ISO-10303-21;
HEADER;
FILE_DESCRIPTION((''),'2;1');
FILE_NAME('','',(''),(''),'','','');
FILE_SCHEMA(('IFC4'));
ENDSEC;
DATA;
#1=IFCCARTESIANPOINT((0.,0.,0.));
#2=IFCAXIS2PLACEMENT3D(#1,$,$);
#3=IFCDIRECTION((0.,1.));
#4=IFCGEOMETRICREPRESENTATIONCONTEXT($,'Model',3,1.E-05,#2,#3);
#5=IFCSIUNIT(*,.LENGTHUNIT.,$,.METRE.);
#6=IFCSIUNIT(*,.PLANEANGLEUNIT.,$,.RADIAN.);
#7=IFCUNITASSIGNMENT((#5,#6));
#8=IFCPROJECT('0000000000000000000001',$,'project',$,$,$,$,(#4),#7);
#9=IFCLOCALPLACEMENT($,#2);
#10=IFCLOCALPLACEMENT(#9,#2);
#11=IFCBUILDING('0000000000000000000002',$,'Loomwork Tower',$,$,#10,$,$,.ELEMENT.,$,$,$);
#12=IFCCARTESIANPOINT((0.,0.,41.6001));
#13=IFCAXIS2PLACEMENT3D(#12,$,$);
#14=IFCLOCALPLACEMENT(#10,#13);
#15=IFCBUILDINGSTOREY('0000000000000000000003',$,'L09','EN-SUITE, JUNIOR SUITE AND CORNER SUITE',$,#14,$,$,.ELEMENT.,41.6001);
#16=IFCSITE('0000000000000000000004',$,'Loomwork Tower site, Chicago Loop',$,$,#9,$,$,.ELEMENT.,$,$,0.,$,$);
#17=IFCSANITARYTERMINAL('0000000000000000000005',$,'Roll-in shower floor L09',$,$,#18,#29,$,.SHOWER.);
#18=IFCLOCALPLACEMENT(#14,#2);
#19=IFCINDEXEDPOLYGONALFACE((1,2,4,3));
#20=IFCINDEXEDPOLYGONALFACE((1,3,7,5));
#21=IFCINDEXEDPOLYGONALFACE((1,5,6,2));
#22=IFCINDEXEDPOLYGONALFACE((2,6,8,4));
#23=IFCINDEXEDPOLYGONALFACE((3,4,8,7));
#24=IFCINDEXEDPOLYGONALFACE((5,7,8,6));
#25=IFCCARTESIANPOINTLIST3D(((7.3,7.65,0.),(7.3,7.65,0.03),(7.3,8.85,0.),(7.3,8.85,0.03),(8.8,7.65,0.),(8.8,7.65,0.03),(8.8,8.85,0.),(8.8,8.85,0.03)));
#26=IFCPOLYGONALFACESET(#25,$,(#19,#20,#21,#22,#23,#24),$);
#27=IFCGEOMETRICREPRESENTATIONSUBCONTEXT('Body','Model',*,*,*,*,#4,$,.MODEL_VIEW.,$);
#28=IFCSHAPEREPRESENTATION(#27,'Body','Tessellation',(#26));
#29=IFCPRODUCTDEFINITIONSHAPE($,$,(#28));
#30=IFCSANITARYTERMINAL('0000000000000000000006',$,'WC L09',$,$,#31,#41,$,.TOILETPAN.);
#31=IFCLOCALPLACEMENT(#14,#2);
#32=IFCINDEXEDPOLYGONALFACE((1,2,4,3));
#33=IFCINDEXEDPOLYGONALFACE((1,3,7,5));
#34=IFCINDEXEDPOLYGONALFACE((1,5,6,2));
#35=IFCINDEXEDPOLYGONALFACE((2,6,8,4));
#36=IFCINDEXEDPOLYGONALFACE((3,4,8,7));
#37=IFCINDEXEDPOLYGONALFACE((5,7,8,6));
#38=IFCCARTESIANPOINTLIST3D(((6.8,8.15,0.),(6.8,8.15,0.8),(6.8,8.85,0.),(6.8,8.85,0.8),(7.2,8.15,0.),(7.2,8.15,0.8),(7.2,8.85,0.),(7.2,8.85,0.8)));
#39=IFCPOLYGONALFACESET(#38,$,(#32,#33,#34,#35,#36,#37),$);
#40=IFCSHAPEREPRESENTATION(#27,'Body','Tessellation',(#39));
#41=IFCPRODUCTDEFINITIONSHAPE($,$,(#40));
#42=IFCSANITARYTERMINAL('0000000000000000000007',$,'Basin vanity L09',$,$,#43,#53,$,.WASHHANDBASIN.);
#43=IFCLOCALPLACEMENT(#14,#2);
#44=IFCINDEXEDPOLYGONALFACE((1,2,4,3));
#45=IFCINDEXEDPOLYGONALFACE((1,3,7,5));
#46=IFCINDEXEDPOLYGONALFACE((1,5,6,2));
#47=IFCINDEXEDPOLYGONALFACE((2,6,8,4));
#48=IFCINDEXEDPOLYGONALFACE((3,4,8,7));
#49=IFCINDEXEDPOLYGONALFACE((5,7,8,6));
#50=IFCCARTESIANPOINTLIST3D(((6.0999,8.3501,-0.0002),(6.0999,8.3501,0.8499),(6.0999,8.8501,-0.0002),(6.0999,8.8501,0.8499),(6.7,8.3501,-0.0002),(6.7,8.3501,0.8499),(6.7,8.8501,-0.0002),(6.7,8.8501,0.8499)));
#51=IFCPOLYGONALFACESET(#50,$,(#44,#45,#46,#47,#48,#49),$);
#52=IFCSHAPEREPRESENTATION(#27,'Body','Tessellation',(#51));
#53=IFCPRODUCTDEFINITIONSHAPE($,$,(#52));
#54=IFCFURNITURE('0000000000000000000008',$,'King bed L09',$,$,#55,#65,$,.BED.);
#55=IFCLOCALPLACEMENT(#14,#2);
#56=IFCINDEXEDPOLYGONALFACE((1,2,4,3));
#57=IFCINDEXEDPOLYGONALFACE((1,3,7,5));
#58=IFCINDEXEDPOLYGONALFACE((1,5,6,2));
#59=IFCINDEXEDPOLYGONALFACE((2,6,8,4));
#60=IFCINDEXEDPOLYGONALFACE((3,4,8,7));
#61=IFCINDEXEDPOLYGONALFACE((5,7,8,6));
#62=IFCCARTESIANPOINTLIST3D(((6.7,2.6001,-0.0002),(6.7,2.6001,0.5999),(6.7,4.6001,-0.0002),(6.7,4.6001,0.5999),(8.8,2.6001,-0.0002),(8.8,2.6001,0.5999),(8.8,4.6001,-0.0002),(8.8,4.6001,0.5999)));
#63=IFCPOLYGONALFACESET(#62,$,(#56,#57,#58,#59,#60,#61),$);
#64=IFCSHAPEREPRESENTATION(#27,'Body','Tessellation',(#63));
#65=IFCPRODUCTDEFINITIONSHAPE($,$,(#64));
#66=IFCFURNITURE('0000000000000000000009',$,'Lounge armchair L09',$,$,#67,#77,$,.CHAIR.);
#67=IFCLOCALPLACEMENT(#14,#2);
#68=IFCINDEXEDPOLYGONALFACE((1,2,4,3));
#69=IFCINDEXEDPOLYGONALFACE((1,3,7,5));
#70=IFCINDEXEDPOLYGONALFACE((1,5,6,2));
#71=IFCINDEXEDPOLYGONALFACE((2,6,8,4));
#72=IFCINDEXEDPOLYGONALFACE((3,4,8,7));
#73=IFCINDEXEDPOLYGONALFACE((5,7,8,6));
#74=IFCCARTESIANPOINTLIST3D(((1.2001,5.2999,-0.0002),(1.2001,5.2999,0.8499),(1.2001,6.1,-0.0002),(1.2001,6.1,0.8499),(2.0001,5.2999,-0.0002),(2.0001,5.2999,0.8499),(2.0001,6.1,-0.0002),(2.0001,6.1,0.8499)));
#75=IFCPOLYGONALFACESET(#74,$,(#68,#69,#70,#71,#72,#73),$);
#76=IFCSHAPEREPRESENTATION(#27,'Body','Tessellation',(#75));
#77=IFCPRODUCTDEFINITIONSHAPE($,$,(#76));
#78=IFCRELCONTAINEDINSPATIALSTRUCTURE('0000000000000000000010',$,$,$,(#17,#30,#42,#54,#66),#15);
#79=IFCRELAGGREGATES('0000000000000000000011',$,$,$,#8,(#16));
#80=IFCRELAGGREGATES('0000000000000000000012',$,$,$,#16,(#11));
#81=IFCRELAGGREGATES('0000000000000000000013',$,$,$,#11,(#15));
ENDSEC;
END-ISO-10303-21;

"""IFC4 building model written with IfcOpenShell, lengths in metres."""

from ifc_helpers import new_model, si_unit, direction, frame, origin, origin_2d, place, context, subcontext, project, spatial, rectangle, extrude, element, save


model = new_model("IFC4")

# Units and contexts
model_context = context("Model", 3, precision=1e-05, world=origin(), true_north=direction((0.0, 1.0)))
body_context = subcontext(model_context, "Body", "Model", "MODEL_VIEW")
ifc_project = project(units=[si_unit("LENGTHUNIT", "METRE"), si_unit("PLANEANGLEUNIT", "RADIAN")], contexts=[model_context])

# Site, building, storey
site_placement = place(None, origin())
site = spatial("IfcSite", under=ifc_project, at=site_placement, Name="Loomwork Tower site, Chicago Loop", CompositionType="ELEMENT", RefElevation=0.0)
building_placement = place(site_placement, origin())
building = spatial("IfcBuilding", under=site, at=building_placement, Name="Loomwork Tower", CompositionType="ELEMENT")
storey_placement = place(building_placement, frame((0.0, 0.0, 41.6001)))
storey = spatial("IfcBuildingStorey", under=building, at=storey_placement, Name="L09", Description="EN-SUITE, JUNIOR SUITE AND CORNER SUITE", CompositionType="ELEMENT", Elevation=41.6001)

# Sanitary terminals
sanitary_terminal_1_placement = place(storey_placement, frame((8.05, 8.25, 0.0), z_axis=(0.0, 0.0, 1.0), x_axis=(1.0, 0.0, 0.0)))
element("IfcSanitaryTerminal", 1, at=sanitary_terminal_1_placement, inside=storey, Name="Roll-in shower floor L09", PredefinedType="SHOWER", context=body_context, shape_type="SweptSolid", body=[
    extrude(rectangle(XDim=1.5, YDim=1.2, at=origin_2d()), origin(), (0.0, 0.0, 1.0), 0.03),
])
sanitary_terminal_2_placement = place(storey_placement, frame((7.0, 8.5, 0.0), z_axis=(0.0, 0.0, 1.0), x_axis=(1.0, 0.0, 0.0)))
element("IfcSanitaryTerminal", 2, at=sanitary_terminal_2_placement, inside=storey, Name="WC L09", PredefinedType="TOILETPAN", context=body_context, shape_type="SweptSolid", body=[
    extrude(rectangle(XDim=0.3999, YDim=0.7, at=origin_2d()), origin(), (0.0, 0.0, 1.0), 0.8),
])
sanitary_terminal_3_placement = place(storey_placement, frame((6.3999, 8.6001, -0.0002), z_axis=(0.0, 0.0, 1.0), x_axis=(1.0, 0.0, 0.0)))
element("IfcSanitaryTerminal", 3, at=sanitary_terminal_3_placement, inside=storey, Name="Basin vanity L09", PredefinedType="WASHHANDBASIN", context=body_context, shape_type="SweptSolid", body=[
    extrude(rectangle(XDim=0.6001, YDim=0.5, at=origin_2d()), origin(), (0.0, 0.0, 1.0), 0.8501),
])

# Furniture
furniture_1_placement = place(storey_placement, frame((7.75, 3.6001, -0.0002), z_axis=(0.0, 0.0, 1.0), x_axis=(1.0, 0.0, 0.0)))
element("IfcFurniture", 4, at=furniture_1_placement, inside=storey, Name="King bed L09", PredefinedType="BED", context=body_context, shape_type="SweptSolid", body=[
    extrude(rectangle(XDim=2.1001, YDim=2.0, at=origin_2d()), origin(), (0.0, 0.0, 1.0), 0.6001),
])
furniture_2_placement = place(storey_placement, frame((1.6001, 5.7, -0.0002), z_axis=(0.0, 0.0, 1.0), x_axis=(1.0, 0.0, 0.0)))
element("IfcFurniture", 5, at=furniture_2_placement, inside=storey, Name="Lounge armchair L09", PredefinedType="CHAIR", context=body_context, shape_type="SweptSolid", body=[
    extrude(rectangle(XDim=0.8, YDim=0.8, at=origin_2d()), origin(), (0.0, 0.0, 1.0), 0.8501),
])

save(model, "model.ifc")
